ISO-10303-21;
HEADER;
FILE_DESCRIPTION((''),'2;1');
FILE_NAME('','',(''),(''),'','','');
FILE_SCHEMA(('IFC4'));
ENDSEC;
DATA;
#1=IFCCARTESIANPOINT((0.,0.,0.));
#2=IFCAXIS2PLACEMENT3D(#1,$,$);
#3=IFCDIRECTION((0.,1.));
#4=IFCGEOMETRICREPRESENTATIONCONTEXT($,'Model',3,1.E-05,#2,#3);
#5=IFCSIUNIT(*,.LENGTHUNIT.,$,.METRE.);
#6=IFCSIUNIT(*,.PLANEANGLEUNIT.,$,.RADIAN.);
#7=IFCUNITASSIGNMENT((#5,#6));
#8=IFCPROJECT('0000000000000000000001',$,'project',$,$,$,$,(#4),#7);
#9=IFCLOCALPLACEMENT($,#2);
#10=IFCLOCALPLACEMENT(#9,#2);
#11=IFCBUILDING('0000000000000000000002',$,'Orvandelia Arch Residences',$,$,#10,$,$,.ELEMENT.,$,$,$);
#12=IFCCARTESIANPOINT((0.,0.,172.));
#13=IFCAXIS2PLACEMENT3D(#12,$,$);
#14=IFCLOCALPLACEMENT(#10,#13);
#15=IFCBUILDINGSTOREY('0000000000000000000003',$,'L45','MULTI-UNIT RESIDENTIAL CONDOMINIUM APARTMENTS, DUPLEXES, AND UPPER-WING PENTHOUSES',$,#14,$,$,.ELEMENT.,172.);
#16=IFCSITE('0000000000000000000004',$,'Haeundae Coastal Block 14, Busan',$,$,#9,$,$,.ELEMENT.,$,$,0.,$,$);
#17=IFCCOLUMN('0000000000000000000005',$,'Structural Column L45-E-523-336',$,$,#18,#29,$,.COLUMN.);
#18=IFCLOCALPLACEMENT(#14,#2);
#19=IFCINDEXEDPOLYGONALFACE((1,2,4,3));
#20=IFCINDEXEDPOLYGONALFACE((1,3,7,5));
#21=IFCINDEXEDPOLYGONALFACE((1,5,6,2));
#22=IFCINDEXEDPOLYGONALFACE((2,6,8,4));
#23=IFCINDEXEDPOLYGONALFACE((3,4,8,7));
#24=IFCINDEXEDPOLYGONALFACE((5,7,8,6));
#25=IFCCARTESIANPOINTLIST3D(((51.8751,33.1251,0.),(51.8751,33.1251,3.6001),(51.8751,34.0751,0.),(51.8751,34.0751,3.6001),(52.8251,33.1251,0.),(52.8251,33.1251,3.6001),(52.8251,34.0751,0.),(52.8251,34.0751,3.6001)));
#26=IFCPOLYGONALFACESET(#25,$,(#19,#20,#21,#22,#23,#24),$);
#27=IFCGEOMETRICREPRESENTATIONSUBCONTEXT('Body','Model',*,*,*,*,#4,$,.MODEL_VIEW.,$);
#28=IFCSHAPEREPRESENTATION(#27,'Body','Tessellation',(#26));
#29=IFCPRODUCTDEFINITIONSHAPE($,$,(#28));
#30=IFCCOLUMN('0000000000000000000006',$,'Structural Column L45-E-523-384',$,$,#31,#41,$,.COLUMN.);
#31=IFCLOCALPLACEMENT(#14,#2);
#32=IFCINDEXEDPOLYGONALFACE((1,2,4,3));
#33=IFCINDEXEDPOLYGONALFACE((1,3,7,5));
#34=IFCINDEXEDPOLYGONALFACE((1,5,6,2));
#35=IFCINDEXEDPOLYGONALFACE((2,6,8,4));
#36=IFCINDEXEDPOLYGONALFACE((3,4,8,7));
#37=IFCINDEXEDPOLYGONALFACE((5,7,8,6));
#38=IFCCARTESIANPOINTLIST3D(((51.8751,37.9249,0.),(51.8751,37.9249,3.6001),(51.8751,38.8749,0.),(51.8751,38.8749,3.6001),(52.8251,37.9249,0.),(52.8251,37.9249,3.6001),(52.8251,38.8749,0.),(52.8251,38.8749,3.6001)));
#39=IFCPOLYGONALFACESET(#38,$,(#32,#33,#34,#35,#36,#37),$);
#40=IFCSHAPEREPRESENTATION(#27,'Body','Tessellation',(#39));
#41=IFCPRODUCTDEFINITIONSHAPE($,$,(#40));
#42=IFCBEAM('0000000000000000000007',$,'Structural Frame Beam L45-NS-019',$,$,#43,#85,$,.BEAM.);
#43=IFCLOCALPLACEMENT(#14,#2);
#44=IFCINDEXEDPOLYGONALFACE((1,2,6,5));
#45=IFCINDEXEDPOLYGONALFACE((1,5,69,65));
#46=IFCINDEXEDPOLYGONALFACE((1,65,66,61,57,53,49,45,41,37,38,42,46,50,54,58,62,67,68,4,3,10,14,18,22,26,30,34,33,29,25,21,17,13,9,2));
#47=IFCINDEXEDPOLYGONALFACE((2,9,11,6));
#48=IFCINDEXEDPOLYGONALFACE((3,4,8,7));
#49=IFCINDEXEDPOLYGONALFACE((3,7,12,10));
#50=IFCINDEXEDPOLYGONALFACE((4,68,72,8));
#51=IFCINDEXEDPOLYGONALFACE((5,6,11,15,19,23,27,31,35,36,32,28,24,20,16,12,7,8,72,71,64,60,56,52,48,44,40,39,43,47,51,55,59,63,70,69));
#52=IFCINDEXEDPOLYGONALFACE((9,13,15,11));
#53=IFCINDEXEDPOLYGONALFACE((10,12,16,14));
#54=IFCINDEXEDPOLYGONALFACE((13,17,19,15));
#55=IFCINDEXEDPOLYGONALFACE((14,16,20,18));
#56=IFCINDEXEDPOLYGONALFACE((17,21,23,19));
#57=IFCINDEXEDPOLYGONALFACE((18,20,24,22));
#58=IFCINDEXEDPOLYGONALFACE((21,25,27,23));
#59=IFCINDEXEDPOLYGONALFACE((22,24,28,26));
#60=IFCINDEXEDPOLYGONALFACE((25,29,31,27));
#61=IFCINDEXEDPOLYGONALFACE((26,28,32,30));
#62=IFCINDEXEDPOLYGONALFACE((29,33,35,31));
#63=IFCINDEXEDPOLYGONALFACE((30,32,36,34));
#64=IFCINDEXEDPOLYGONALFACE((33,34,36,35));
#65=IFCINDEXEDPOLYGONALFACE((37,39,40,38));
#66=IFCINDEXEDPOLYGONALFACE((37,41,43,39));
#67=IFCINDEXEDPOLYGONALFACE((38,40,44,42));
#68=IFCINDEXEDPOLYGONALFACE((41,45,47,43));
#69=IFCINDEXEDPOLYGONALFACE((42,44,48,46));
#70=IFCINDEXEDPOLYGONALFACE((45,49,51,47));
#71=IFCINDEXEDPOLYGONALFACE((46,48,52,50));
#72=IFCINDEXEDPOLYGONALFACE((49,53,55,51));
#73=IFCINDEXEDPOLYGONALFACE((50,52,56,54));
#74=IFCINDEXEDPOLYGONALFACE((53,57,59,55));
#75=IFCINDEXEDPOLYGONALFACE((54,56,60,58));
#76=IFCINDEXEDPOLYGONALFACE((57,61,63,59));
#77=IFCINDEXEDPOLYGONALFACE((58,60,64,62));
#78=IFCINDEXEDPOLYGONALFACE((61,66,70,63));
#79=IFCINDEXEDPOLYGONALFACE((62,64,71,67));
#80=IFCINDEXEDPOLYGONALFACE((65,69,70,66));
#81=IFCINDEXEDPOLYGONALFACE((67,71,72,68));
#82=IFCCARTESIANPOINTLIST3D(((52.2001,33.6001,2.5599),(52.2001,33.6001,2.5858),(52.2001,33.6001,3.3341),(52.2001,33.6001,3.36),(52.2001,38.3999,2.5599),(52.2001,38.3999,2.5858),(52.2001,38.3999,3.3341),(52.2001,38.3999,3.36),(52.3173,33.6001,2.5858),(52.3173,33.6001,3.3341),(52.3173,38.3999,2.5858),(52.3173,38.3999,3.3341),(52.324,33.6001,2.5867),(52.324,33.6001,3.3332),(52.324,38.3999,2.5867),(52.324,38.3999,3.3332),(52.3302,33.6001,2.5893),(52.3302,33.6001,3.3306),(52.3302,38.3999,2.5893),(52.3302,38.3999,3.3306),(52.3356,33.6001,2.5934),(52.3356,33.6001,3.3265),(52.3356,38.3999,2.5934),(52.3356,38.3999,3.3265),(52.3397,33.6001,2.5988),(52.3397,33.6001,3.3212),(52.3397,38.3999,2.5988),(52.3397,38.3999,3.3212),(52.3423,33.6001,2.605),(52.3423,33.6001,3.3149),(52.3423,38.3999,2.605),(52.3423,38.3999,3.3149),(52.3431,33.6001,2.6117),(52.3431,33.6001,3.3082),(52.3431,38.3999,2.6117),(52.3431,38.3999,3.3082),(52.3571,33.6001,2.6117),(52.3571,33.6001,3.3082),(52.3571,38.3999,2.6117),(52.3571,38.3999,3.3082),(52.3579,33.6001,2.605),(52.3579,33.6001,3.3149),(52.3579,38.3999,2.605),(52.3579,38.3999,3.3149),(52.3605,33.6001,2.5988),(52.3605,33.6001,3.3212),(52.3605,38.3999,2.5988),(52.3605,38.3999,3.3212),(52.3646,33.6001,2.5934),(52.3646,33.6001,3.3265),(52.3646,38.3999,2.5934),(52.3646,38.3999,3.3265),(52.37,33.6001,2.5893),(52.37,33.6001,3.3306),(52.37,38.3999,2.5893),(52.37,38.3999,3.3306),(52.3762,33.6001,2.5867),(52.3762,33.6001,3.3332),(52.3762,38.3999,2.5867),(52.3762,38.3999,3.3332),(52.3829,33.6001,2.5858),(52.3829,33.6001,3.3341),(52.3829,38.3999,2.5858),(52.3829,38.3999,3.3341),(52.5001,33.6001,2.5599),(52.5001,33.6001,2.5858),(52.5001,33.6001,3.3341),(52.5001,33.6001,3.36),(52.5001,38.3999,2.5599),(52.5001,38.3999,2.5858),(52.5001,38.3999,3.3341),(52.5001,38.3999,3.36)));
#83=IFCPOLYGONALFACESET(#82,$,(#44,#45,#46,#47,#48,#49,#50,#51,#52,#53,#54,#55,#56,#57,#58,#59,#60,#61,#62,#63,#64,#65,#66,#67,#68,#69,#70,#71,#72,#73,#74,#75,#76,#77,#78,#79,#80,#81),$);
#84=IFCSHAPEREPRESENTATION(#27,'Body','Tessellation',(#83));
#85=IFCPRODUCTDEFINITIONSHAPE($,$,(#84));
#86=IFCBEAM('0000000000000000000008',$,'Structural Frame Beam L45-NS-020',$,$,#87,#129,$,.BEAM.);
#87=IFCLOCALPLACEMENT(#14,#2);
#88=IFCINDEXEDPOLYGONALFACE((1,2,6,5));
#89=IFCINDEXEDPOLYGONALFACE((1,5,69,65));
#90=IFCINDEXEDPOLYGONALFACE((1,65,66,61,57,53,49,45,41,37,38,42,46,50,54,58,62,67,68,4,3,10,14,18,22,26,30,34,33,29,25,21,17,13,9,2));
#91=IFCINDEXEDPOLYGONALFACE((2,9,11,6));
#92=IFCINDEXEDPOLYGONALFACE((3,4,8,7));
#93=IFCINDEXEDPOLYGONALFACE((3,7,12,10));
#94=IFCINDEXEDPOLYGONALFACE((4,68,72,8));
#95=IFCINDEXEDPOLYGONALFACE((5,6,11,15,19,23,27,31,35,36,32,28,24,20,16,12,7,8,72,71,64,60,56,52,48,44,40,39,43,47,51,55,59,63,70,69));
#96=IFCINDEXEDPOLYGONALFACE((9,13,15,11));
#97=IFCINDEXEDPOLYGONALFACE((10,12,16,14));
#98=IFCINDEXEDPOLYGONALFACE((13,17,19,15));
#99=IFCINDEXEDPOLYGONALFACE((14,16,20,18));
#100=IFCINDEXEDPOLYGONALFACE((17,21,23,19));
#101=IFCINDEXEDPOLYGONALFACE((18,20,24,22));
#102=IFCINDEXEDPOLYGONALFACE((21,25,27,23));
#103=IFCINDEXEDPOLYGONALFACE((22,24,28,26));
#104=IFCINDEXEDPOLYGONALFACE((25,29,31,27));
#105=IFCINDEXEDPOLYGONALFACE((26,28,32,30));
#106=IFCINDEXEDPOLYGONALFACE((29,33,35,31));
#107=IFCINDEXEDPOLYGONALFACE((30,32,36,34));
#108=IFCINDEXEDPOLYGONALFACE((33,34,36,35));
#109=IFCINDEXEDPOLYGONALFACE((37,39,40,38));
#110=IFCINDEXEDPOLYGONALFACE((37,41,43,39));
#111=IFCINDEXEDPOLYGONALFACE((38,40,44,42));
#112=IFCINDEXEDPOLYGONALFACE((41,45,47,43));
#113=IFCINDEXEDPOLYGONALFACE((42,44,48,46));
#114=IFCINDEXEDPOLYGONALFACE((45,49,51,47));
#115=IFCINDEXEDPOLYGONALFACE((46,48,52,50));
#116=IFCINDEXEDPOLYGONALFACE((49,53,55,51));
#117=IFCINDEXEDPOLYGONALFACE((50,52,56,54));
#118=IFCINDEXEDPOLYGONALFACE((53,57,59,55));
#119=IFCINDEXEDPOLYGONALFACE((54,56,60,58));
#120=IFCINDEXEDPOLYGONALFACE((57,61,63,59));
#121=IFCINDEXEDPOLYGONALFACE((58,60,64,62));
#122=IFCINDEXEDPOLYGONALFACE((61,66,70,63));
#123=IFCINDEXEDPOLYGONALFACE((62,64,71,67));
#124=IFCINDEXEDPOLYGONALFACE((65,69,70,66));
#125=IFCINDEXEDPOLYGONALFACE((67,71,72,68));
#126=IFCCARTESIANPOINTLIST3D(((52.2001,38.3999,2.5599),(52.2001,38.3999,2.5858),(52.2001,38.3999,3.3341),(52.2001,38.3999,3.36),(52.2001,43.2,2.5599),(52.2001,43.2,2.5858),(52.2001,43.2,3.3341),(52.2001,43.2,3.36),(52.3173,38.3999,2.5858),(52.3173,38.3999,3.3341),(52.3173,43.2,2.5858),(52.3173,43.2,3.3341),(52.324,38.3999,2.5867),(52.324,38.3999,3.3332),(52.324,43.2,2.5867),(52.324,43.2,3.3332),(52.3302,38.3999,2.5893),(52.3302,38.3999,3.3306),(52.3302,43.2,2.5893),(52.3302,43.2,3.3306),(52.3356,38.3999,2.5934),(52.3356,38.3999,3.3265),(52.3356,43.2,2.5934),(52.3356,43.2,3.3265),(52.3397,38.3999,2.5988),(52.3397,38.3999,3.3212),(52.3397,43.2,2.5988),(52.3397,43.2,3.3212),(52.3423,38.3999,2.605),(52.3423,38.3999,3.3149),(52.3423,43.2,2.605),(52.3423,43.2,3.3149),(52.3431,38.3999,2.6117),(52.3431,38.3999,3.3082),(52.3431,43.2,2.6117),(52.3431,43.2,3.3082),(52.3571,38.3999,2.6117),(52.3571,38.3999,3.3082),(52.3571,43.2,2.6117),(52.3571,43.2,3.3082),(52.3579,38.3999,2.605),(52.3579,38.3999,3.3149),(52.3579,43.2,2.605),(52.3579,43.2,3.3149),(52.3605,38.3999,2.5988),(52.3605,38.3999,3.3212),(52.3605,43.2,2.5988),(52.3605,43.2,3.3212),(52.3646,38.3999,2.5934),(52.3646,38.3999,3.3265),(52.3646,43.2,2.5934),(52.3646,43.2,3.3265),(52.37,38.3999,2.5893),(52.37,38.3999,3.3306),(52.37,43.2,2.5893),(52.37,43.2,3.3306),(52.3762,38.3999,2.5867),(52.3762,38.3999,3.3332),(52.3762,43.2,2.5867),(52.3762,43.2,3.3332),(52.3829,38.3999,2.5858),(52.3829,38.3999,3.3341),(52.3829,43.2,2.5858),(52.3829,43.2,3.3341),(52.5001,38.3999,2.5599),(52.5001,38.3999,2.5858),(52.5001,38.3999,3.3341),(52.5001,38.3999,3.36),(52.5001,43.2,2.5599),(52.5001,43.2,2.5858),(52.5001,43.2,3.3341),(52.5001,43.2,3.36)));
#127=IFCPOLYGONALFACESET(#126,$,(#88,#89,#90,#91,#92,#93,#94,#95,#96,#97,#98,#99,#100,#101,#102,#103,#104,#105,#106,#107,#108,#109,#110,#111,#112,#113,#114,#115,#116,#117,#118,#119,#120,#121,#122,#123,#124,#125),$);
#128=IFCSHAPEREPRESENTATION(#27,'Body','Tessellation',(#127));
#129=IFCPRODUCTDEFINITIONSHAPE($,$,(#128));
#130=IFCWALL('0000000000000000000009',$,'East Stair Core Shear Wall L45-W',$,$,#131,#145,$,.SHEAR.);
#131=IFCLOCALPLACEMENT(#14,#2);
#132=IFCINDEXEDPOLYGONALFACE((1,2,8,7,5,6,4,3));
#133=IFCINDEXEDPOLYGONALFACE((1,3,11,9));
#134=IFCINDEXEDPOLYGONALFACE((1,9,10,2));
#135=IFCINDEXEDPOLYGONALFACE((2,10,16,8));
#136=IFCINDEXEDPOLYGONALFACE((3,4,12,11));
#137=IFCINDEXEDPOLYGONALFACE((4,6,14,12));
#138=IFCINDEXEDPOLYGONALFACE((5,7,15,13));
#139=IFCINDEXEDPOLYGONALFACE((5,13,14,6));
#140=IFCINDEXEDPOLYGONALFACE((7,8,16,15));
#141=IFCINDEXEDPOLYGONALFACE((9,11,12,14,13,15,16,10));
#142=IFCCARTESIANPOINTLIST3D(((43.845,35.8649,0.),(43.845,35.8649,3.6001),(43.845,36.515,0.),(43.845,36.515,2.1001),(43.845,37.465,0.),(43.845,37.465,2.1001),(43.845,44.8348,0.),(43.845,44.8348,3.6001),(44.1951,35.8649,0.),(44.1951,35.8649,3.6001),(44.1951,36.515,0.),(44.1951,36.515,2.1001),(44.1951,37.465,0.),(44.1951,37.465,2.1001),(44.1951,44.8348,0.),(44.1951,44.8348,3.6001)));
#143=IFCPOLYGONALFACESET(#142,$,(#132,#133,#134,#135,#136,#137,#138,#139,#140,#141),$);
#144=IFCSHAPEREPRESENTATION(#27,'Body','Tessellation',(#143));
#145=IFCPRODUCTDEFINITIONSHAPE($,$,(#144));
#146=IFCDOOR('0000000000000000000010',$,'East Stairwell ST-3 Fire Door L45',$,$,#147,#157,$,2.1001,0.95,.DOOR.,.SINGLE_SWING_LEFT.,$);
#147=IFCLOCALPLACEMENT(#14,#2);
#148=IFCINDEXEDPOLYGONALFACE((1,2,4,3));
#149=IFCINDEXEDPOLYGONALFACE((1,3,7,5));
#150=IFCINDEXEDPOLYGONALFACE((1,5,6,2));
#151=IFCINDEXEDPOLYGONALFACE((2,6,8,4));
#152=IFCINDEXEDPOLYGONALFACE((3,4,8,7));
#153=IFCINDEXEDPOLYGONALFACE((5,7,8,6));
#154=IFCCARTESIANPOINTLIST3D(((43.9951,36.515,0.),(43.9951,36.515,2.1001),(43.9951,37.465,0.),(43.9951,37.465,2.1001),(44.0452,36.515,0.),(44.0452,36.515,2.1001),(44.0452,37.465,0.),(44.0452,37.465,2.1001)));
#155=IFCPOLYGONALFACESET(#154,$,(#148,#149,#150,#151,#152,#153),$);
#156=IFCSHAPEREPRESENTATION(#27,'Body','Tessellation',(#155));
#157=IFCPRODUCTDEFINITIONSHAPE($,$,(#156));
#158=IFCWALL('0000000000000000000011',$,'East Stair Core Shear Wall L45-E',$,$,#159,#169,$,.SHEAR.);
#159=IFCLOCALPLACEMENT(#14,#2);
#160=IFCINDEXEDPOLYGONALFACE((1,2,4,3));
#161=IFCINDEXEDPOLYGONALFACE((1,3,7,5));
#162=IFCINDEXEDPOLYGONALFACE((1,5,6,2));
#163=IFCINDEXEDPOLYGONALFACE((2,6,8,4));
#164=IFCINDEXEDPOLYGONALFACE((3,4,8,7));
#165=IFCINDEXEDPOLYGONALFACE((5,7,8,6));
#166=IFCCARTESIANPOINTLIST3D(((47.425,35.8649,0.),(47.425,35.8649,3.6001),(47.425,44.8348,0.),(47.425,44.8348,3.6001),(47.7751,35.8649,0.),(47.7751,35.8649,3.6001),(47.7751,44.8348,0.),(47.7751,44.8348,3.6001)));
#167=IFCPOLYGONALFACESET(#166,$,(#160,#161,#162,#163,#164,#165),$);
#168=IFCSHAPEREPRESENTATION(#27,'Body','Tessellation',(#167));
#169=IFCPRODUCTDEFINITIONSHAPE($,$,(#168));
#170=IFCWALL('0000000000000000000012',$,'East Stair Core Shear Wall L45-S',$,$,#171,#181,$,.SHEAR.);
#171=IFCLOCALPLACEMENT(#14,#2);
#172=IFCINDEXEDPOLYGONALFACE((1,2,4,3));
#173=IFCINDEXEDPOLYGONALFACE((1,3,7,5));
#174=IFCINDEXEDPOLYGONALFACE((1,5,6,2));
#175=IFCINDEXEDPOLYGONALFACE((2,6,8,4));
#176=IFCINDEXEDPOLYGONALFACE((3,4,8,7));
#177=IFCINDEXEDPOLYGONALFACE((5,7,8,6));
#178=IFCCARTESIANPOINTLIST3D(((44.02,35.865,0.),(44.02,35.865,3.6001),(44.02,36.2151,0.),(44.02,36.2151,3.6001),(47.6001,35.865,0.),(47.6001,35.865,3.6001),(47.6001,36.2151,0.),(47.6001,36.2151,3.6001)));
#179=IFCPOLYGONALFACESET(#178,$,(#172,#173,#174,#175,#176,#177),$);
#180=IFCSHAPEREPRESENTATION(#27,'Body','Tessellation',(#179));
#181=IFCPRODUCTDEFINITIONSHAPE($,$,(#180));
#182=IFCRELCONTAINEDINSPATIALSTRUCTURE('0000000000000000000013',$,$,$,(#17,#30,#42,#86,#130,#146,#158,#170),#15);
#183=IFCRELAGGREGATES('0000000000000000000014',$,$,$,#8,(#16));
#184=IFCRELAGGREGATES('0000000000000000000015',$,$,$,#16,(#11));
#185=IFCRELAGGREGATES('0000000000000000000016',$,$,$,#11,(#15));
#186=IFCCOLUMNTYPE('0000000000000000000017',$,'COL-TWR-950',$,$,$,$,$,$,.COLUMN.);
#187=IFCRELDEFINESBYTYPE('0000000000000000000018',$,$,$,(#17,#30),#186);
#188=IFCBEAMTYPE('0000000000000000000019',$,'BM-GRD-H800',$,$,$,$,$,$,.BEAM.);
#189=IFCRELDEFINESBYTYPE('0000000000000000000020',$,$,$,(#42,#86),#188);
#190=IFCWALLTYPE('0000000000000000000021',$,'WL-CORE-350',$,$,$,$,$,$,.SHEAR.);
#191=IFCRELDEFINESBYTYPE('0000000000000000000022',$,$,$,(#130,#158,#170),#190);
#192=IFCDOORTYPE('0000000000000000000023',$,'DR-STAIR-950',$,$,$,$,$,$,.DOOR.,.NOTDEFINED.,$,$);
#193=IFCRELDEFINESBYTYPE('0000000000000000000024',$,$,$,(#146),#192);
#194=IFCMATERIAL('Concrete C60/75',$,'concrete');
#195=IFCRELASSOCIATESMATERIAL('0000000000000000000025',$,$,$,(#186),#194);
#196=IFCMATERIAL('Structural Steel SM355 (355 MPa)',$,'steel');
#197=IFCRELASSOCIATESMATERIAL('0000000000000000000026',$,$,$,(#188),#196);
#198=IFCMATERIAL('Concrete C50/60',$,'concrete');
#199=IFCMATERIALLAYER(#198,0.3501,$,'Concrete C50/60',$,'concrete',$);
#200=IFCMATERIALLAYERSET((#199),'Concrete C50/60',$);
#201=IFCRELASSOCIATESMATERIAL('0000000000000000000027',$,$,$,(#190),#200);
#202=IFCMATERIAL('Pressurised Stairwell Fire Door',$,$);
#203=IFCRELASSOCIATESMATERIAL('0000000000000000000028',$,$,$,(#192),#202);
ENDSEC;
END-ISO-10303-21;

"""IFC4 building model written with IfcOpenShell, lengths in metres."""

from ifc_helpers import new_model, si_unit, direction, frame, frame_2d, origin, origin_2d, place, context, subcontext, project, spatial, rectangle, i_section, extrude, material, layer, layer_set, material_profile, profile_set, type_object, element, fill, save


model = new_model("IFC4")

# Units and contexts
model_context = context("Model", 3, precision=1e-05, world=origin(), true_north=direction((0.0, 1.0)))
body_context = subcontext(model_context, "Body", "Model", "MODEL_VIEW")
ifc_project = project(units=[si_unit("LENGTHUNIT", "METRE"), si_unit("PLANEANGLEUNIT", "RADIAN")], contexts=[model_context])

# Site, building, storey
site_placement = place(None, origin())
site = spatial("IfcSite", under=ifc_project, at=site_placement, Name="Haeundae Coastal Block 14, Busan", CompositionType="ELEMENT", RefElevation=0.0)
building_placement = place(site_placement, origin())
building = spatial("IfcBuilding", under=site, at=building_placement, Name="Orvandelia Arch Residences", CompositionType="ELEMENT")
storey_placement = place(building_placement, frame((0.0, 0.0, 172.0)))
storey = spatial("IfcBuildingStorey", under=building, at=storey_placement, Name="L45", Description="MULTI-UNIT RESIDENTIAL CONDOMINIUM APARTMENTS, DUPLEXES, AND UPPER-WING PENTHOUSES", CompositionType="ELEMENT", Elevation=172.0)

# Columns
ifc_material_1 = material(Name="Concrete C60/75", Category="concrete")
ifc_material_profile_1 = material_profile(ifc_material_1, rectangle(XDim=0.95, YDim=0.95, at=origin_2d()), Name="Concrete C60/75", Category="concrete")
ifc_profile_set_1 = profile_set([ifc_material_profile_1], Name="Concrete C60/75")
column_type = type_object("IfcColumnType", Name="COL-TWR-950", PredefinedType="COLUMN", material=ifc_profile_set_1)
for number, where, z_axis, x_axis, name in (
    (1, (52.3501, 33.6001, 0.0), (0.0, 0.0, 1.0), (1.0, 0.0, 0.0), "Structural Column L45-E-523-336"),
    (2, (52.3501, 38.3999, 0.0), (0.0, 0.0, 1.0), (1.0, 0.0, 0.0), "Structural Column L45-E-523-384"),
):
    element("IfcColumn", number, at=place(storey_placement, frame(where, z_axis=z_axis, x_axis=x_axis)), inside=storey, type_object=column_type, Name=name, PredefinedType="COLUMN", context=body_context, shape_type="SweptSolid", body=[
        extrude(rectangle(XDim=0.95, YDim=0.95, at=origin_2d()), origin(), (0.0, 0.0, 1.0), 3.6001),
    ])

# Beams
ifc_material_2 = material(Name="Structural Steel SM355 (355 MPa)", Category="steel")
ifc_material_profile_2 = material_profile(ifc_material_2, i_section(OverallWidth=0.3, OverallDepth=0.8, WebThickness=0.0139, FlangeThickness=0.0259, FilletRadius=0.0259, at=origin_2d()), Name="Structural Steel SM355 (355 MPa)", Category="steel")
ifc_profile_set_2 = profile_set([ifc_material_profile_2], Name="Structural Steel SM355 (355 MPa)")
beam_type = type_object("IfcBeamType", Name="BM-GRD-H800", PredefinedType="BEAM", material=ifc_profile_set_2)
beam_1_placement = place(storey_placement, frame((52.3501, 33.6001, 2.96), z_axis=(0.0, 1.0, 0.0), x_axis=(-1.0, 0.0, 0.0)))
element("IfcBeam", 3, at=beam_1_placement, inside=storey, type_object=beam_type, Name="Structural Frame Beam L45-NS-019", PredefinedType="BEAM", context=body_context, shape_type="SweptSolid", body=[
    extrude(i_section(OverallWidth=0.3, OverallDepth=0.8, WebThickness=0.0139, FlangeThickness=0.0259, FilletRadius=0.0259, at=origin_2d()), origin(), (0.0, 0.0, 1.0), 4.7998),
])
beam_2_placement = place(storey_placement, frame((52.3501, 38.3999, 2.96), z_axis=(0.0, 1.0, 0.0), x_axis=(-1.0, 0.0, 0.0)))
element("IfcBeam", 4, at=beam_2_placement, inside=storey, type_object=beam_type, Name="Structural Frame Beam L45-NS-020", PredefinedType="BEAM", context=body_context, shape_type="SweptSolid", body=[
    extrude(i_section(OverallWidth=0.3, OverallDepth=0.8, WebThickness=0.0139, FlangeThickness=0.0259, FilletRadius=0.0259, at=origin_2d()), origin(), (0.0, 0.0, 1.0), 4.8),
])

# Wall, opening, door
ifc_material_3 = material(Name="Concrete C50/60", Category="concrete")
ifc_layer_1 = layer(ifc_material_3, 0.3501, Name="Concrete C50/60", Category="concrete")
ifc_layer_set_1 = layer_set([ifc_layer_1], Name="Concrete C50/60")
wall_type_1 = type_object("IfcWallType", Name="WL-CORE-350", PredefinedType="SHEAR", material=ifc_layer_set_1)
wall_1_placement = place(storey_placement, frame((44.02, 35.865, 0.0), z_axis=(0.0, 0.0, 1.0), x_axis=(0.0, 1.0, 0.0)))
wall_1 = element("IfcWall", 5, at=wall_1_placement, inside=storey, type_object=wall_type_1, Name="East Stair Core Shear Wall L45-W", PredefinedType="SHEAR", context=body_context, shape_type="SweptSolid", body=[
    extrude(rectangle(XDim=8.97, YDim=0.3501, at=frame_2d((4.4849, 0.0))), origin(), (0.0, 0.0, 1.0), 3.6001),
])
opening_placement = place(wall_1_placement, frame((0.6499, 0.0, 0.0)))
opening = element("IfcOpeningElement", 6, at=opening_placement, cuts=wall_1, PredefinedType="OPENING", context=body_context, shape_type="SweptSolid", body=[
    extrude(rectangle(XDim=0.95, YDim=2.1001, at=frame_2d((0.4751, 1.05))), frame((0.0, 0.1851, 0.0), z_axis=(0.0, -1.0, 0.0), x_axis=(1.0, 0.0, 0.0)), (0.0, 0.0, 1.0), 0.3701),
])
ifc_material_4 = material(Name="Pressurised Stairwell Fire Door")
door_type = type_object("IfcDoorType", Name="DR-STAIR-950", OperationType="NOTDEFINED", PredefinedType="DOOR", material=ifc_material_4)
door_placement = place(opening_placement, origin())
door = element("IfcDoor", 7, at=door_placement, inside=storey, type_object=door_type, Name="East Stairwell ST-3 Fire Door L45", OperationType="SINGLE_SWING_LEFT", OverallHeight=2.1001, OverallWidth=0.95, PredefinedType="DOOR", context=body_context, shape_type="SweptSolid", body=[
    extrude(rectangle(XDim=0.95, YDim=2.1001, at=frame_2d((0.4751, 1.05))), frame((0.0, 0.0249, 0.0), z_axis=(0.0, -1.0, 0.0), x_axis=(1.0, 0.0, 0.0)), (0.0, 0.0, 1.0), 0.05),
])
fill(opening, door)

# Walls
wall_2_placement = place(storey_placement, frame((47.6001, 35.865, 0.0), z_axis=(0.0, 0.0, 1.0), x_axis=(0.0, 1.0, 0.0)))
element("IfcWall", 8, at=wall_2_placement, inside=storey, type_object=wall_type_1, Name="East Stair Core Shear Wall L45-E", PredefinedType="SHEAR", context=body_context, shape_type="SweptSolid", body=[
    extrude(rectangle(XDim=8.97, YDim=0.3501, at=frame_2d((4.4849, 0.0))), origin(), (0.0, 0.0, 1.0), 3.6001),
])
wall_3_placement = place(storey_placement, frame((44.02, 36.04, 0.0), z_axis=(0.0, 0.0, 1.0), x_axis=(1.0, 0.0, 0.0)))
element("IfcWall", 9, at=wall_3_placement, inside=storey, type_object=wall_type_1, Name="East Stair Core Shear Wall L45-S", PredefinedType="SHEAR", context=body_context, shape_type="SweptSolid", body=[
    extrude(rectangle(XDim=3.5801, YDim=0.3501, at=frame_2d((1.79, 0.0))), origin(), (0.0, 0.0, 1.0), 3.6001),
])

save(model, "model.ifc")
